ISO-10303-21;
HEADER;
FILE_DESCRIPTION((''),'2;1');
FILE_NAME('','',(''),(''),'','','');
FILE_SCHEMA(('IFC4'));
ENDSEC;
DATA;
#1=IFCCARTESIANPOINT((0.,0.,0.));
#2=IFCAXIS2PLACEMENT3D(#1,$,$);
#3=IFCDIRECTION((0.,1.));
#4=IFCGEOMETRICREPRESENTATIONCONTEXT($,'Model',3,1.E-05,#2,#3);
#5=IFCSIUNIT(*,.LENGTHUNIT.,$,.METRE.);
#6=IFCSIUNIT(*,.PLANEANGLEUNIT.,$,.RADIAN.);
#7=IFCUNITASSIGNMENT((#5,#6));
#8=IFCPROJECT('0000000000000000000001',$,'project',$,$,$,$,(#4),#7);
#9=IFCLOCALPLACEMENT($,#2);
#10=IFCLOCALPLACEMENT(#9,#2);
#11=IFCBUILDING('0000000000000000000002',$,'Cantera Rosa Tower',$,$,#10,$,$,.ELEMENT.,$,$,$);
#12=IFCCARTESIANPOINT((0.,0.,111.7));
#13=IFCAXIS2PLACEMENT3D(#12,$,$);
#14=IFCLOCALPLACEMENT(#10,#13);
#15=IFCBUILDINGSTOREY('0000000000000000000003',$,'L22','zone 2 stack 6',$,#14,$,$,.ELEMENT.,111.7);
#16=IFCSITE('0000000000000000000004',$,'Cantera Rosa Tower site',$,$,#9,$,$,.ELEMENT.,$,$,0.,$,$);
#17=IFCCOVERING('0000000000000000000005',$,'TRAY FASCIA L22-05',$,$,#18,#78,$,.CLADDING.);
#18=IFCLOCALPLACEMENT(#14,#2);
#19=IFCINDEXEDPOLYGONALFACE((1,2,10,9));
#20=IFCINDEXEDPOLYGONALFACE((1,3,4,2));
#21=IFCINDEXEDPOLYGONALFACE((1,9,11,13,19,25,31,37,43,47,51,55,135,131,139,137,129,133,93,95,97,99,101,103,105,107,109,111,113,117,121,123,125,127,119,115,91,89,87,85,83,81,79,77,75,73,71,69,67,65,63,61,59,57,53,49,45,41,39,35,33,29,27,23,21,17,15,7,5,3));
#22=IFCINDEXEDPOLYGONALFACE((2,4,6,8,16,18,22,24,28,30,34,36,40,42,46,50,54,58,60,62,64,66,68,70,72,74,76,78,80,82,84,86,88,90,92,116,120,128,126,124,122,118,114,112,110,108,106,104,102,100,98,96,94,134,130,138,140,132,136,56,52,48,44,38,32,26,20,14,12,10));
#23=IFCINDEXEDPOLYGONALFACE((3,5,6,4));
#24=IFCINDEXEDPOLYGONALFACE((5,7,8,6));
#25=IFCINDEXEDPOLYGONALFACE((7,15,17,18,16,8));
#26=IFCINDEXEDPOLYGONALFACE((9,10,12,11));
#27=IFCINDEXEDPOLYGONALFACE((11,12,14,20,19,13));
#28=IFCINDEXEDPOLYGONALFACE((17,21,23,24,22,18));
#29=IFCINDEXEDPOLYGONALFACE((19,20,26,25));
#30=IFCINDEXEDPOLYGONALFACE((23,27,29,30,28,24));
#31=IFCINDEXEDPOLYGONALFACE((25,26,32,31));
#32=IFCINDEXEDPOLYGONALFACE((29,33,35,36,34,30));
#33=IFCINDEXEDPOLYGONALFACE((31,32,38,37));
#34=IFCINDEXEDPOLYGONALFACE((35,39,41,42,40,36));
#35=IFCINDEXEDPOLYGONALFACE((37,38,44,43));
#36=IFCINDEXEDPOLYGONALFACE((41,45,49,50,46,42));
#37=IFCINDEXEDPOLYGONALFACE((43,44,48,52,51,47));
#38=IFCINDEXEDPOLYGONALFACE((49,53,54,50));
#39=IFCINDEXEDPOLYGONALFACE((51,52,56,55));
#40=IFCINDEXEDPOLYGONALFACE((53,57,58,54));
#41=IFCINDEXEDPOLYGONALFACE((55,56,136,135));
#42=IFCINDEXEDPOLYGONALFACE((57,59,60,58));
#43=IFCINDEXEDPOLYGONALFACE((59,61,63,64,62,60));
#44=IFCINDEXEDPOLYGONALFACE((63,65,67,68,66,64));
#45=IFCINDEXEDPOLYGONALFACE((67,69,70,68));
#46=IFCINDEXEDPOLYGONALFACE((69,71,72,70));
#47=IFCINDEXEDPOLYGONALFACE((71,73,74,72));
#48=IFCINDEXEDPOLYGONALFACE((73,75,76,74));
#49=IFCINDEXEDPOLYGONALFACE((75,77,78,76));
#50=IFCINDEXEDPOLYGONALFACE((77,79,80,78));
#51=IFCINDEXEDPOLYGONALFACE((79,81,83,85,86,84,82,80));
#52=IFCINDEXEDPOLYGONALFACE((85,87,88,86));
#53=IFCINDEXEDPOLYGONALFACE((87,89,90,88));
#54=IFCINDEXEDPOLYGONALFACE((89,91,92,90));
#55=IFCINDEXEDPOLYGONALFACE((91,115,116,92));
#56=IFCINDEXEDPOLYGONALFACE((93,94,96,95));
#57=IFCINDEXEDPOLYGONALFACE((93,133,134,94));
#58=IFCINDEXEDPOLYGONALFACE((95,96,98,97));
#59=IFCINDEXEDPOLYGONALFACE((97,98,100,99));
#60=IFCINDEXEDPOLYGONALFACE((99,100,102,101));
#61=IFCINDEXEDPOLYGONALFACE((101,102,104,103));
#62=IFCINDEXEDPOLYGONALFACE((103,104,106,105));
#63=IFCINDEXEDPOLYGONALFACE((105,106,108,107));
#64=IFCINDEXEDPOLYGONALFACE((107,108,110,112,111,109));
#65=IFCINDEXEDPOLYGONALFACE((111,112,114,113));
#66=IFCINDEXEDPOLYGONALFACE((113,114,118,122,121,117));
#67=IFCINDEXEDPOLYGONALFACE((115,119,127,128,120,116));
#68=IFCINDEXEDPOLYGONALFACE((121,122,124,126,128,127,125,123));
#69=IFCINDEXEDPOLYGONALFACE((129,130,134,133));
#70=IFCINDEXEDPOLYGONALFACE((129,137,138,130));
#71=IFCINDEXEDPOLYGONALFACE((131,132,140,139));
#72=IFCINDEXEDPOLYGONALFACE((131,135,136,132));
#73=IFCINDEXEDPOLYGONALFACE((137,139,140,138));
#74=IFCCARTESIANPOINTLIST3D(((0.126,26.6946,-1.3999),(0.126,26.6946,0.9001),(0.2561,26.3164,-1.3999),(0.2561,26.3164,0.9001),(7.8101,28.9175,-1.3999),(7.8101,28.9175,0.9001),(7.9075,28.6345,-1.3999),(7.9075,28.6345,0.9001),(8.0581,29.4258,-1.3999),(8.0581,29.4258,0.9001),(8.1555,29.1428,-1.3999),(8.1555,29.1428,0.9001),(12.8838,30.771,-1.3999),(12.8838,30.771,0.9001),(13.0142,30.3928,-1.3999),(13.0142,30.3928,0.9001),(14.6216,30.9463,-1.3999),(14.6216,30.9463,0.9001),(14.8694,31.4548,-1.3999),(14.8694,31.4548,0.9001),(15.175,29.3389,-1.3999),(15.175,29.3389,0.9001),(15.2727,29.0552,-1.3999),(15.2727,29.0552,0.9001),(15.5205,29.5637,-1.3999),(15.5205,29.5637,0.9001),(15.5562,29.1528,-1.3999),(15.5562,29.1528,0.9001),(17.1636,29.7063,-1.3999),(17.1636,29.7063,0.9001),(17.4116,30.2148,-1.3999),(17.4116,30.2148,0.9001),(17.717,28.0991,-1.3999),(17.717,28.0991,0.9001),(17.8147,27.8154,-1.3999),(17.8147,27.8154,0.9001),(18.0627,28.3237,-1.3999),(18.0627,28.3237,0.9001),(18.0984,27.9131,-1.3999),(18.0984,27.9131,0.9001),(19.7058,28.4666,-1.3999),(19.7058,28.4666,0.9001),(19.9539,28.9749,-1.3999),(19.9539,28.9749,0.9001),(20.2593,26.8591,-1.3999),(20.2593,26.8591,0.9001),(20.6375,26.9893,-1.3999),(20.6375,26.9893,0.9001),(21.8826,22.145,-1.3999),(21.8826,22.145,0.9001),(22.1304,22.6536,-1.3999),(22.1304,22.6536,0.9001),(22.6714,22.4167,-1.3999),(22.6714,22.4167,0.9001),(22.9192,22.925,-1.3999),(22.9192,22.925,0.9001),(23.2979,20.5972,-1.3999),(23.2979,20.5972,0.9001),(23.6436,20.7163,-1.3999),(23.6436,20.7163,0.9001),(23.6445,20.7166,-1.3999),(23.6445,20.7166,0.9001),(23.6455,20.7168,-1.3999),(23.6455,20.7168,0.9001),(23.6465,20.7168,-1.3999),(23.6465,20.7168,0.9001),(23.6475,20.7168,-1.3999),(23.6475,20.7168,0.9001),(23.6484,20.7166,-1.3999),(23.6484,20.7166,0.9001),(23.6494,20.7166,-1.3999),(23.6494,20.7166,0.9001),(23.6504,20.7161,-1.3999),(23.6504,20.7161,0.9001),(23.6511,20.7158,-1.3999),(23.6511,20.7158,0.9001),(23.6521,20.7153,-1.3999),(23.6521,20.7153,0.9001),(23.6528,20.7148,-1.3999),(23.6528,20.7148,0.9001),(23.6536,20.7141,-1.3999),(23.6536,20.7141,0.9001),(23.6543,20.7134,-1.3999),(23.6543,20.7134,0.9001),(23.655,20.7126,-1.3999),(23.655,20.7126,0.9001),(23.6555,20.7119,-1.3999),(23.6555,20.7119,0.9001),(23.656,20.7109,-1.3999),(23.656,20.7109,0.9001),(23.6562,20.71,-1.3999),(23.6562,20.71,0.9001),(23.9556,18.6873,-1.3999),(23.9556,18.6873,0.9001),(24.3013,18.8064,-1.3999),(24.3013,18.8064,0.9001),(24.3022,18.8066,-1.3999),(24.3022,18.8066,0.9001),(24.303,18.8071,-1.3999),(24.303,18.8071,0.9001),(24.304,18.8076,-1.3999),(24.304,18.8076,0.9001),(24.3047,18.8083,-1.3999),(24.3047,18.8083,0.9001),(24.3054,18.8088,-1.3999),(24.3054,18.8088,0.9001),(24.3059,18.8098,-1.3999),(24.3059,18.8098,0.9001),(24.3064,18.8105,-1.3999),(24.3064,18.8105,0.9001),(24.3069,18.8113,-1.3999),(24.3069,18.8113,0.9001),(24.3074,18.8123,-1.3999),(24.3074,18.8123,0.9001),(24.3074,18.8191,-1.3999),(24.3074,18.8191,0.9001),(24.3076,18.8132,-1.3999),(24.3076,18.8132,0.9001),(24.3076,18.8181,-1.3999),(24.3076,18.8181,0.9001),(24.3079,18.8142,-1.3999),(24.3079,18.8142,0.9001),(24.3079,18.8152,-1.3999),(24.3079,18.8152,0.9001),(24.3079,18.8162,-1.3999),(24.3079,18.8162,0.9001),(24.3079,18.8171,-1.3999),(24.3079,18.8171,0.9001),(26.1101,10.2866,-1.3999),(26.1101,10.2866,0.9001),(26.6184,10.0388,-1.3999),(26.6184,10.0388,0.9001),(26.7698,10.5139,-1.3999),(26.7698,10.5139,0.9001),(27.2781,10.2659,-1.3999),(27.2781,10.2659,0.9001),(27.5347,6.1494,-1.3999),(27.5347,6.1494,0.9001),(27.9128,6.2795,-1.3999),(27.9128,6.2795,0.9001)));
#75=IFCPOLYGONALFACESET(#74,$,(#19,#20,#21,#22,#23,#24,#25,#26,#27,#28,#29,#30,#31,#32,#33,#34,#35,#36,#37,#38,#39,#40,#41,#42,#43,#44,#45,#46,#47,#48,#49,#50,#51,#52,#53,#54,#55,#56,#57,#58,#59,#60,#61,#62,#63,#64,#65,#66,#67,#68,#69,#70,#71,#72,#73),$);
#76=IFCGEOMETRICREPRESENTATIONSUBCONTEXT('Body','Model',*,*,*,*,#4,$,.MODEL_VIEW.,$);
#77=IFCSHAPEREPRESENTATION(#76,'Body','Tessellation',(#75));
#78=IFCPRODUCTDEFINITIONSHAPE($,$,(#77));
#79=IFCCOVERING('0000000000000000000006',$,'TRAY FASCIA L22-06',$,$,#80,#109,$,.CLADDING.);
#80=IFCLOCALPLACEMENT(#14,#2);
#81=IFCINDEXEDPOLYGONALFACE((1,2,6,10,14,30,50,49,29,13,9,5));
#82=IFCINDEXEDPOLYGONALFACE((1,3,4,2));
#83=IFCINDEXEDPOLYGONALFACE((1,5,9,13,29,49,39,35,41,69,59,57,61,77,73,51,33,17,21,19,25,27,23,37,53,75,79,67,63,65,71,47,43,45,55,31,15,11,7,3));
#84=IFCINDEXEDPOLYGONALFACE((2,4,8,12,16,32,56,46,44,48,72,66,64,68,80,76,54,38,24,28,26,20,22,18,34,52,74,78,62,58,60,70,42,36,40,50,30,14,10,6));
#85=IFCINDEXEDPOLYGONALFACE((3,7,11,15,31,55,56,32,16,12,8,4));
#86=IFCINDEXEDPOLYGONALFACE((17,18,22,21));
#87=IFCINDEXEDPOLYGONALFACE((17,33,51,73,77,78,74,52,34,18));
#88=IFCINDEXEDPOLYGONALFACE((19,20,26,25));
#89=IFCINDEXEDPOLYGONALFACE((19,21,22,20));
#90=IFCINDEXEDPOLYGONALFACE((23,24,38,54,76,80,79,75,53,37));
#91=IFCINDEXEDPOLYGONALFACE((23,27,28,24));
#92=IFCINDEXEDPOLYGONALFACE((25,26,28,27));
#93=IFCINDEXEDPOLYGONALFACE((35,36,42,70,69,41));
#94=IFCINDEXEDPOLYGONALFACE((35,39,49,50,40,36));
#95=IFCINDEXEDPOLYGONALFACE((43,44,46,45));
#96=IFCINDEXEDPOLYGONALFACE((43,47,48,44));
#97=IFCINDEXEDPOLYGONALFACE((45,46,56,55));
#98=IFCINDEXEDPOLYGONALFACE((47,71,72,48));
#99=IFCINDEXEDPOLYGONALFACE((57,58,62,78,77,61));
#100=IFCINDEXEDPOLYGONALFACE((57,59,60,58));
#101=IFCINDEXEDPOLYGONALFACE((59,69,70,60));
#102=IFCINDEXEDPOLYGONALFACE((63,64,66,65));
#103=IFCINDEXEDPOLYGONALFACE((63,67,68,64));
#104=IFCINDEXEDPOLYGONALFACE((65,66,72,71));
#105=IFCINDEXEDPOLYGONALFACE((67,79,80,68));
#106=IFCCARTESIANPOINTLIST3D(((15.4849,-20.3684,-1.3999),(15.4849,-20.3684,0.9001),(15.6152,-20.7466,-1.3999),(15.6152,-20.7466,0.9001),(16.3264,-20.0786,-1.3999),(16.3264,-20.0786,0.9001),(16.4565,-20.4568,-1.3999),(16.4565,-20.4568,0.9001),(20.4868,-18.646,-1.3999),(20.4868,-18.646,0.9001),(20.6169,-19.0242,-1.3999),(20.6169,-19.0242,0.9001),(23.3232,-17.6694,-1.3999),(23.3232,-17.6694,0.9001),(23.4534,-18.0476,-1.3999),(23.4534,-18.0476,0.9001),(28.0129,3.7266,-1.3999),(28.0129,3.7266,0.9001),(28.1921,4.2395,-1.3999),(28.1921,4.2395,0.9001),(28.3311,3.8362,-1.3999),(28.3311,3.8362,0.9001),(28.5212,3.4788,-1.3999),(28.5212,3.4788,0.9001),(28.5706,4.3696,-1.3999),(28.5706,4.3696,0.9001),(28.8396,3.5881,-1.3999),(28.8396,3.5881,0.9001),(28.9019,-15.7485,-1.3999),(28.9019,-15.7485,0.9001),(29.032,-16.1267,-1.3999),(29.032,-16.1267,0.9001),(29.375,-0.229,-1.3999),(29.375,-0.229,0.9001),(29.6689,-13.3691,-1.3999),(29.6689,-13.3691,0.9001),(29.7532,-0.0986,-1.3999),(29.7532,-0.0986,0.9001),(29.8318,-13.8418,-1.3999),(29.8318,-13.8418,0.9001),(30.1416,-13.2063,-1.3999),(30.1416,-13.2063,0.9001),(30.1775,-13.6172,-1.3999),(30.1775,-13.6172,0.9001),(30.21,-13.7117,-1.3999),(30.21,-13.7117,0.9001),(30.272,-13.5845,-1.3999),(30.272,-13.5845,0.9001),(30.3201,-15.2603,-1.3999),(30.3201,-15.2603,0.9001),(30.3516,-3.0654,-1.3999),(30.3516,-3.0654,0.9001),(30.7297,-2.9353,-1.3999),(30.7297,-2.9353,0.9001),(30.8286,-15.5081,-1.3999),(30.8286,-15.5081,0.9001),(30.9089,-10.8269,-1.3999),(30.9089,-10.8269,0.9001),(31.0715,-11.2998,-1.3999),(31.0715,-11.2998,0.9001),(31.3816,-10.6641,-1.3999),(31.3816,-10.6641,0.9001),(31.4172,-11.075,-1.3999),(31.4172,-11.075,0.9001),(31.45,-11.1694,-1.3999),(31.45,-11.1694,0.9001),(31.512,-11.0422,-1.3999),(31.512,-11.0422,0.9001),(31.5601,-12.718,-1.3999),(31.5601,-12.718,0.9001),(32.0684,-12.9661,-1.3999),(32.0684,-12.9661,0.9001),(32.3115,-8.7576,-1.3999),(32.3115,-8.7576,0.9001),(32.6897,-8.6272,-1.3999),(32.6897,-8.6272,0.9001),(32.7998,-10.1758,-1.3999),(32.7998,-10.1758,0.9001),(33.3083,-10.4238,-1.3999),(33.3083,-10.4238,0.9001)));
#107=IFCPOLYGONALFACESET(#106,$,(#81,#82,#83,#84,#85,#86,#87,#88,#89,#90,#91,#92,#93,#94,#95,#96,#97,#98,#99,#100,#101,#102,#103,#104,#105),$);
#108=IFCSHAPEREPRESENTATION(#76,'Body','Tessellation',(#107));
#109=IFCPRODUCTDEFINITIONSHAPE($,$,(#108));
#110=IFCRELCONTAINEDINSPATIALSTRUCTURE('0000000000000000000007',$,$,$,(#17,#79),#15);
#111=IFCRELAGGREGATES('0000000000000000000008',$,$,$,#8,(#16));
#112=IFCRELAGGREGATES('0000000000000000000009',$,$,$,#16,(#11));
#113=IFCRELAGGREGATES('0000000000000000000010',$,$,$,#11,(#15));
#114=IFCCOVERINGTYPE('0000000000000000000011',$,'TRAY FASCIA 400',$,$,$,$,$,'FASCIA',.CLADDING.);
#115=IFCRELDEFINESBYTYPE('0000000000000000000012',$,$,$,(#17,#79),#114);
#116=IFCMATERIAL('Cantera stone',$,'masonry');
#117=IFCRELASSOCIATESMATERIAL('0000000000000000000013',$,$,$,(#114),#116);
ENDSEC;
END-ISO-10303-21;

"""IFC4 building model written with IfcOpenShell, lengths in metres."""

from ifc_helpers import new_model, si_unit, direction, frame, origin, place, context, subcontext, project, spatial, polyline, outline, extrude, material, type_object, element, save


model = new_model("IFC4")

# Units and contexts
model_context = context("Model", 3, precision=1e-05, world=origin(), true_north=direction((0.0, 1.0)))
body_context = subcontext(model_context, "Body", "Model", "MODEL_VIEW")
ifc_project = project(units=[si_unit("LENGTHUNIT", "METRE"), si_unit("PLANEANGLEUNIT", "RADIAN")], contexts=[model_context])

# Site, building, storey
site_placement = place(None, origin())
site = spatial("IfcSite", under=ifc_project, at=site_placement, Name="Cantera Rosa Tower site", CompositionType="ELEMENT", RefElevation=0.0)
building_placement = place(site_placement, origin())
building = spatial("IfcBuilding", under=site, at=building_placement, Name="Cantera Rosa Tower", CompositionType="ELEMENT")
storey_placement = place(building_placement, frame((0.0, 0.0, 111.7)))
storey = spatial("IfcBuildingStorey", under=building, at=storey_placement, Name="L22", Description="zone 2 stack 6", CompositionType="ELEMENT", Elevation=111.7)

# Coverings
ifc_material_1 = material(Name="Cantera stone", Category="masonry")
covering_type_1 = type_object("IfcCoveringType", Name="TRAY FASCIA 400", ElementType="FASCIA", PredefinedType="CLADDING", material=ifc_material_1)
covering_1_placement = place(storey_placement, frame((0.0, 0.0, -1.3999)))
element("IfcCovering", 1, at=covering_1_placement, inside=storey, type_object=covering_type_1, Name="TRAY FASCIA L22-05", PredefinedType="CLADDING", context=body_context, shape_type="SweptSolid", body=[
    extrude(outline(polyline([(8.0581, 29.4258), (8.1555, 29.1428), (12.8838, 30.771), (14.8694, 31.4548), (15.5205, 29.5637), (17.4116, 30.2148), (18.0627, 28.3237), (19.9539, 28.9749), (20.6375, 26.9893), (22.1304, 22.6536), (22.9192, 22.925), (27.2781, 10.2659), (26.6184, 10.0388), (27.9128, 6.2795), (27.5347, 6.1494), (26.1101, 10.2866), (26.7698, 10.5139), (23.9556, 18.6873), (24.3013, 18.8064), (24.3022, 18.8066), (24.303, 18.8071), (24.304, 18.8076), (24.3047, 18.8083), (24.3054, 18.8088), (24.3059, 18.8098), (24.3064, 18.8105), (24.3069, 18.8113), (24.3074, 18.8123), (24.3076, 18.8132), (24.3079, 18.8142), (24.3079, 18.8152), (24.3079, 18.8162), (24.3079, 18.8171), (24.3076, 18.8181), (24.3074, 18.8191), (23.6562, 20.71), (23.656, 20.7109), (23.6555, 20.7119), (23.655, 20.7126), (23.6543, 20.7134), (23.6536, 20.7141), (23.6528, 20.7148), (23.6521, 20.7153), (23.6511, 20.7158), (23.6504, 20.7161), (23.6494, 20.7166), (23.6484, 20.7166), (23.6475, 20.7168), (23.6465, 20.7168), (23.6455, 20.7168), (23.6445, 20.7166), (23.6436, 20.7163), (23.2979, 20.5972), (22.6714, 22.4167), (21.8826, 22.145), (20.2593, 26.8591), (19.7058, 28.4666), (18.0984, 27.9131), (17.8147, 27.8154), (17.717, 28.0991), (17.1636, 29.7063), (15.5562, 29.1528), (15.2727, 29.0552), (15.175, 29.3389), (14.6216, 30.9463), (13.0142, 30.3928), (7.9075, 28.6345), (7.8101, 28.9175), (0.2561, 26.3164), (0.126, 26.6946), (8.0581, 29.4258)])), origin(), (0.0, 0.0, 1.0), 2.3),
])
covering_2_placement = place(storey_placement, frame((0.0, 0.0, -1.3999)))
element("IfcCovering", 2, at=covering_2_placement, inside=storey, type_object=covering_type_1, Name="TRAY FASCIA L22-06", PredefinedType="CLADDING", context=body_context, shape_type="SweptSolid", body=[
    extrude(outline(polyline([(28.8396, 3.5881), (28.5212, 3.4788), (29.7532, -0.0986), (30.7297, -2.9353), (32.6897, -8.6272), (33.3083, -10.4238), (31.512, -11.0422), (31.4172, -11.075), (31.45, -11.1694), (32.0684, -12.9661), (30.272, -13.5845), (30.1775, -13.6172), (30.21, -13.7117), (30.8286, -15.5081), (29.032, -16.1267), (23.4534, -18.0476), (20.6169, -19.0242), (16.4565, -20.4568), (15.6152, -20.7466), (15.4849, -20.3684), (16.3264, -20.0786), (20.4868, -18.646), (23.3232, -17.6694), (28.9019, -15.7485), (30.3201, -15.2603), (29.8318, -13.8418), (29.6689, -13.3691), (30.1416, -13.2063), (31.5601, -12.718), (31.0715, -11.2998), (30.9089, -10.8269), (31.3816, -10.6641), (32.7998, -10.1758), (32.3115, -8.7576), (30.3516, -3.0654), (29.375, -0.229), (28.0129, 3.7266), (28.3311, 3.8362), (28.1921, 4.2395), (28.5706, 4.3696), (28.8396, 3.5881)])), origin(), (0.0, 0.0, 1.0), 2.3),
])

save(model, "model.ifc")
